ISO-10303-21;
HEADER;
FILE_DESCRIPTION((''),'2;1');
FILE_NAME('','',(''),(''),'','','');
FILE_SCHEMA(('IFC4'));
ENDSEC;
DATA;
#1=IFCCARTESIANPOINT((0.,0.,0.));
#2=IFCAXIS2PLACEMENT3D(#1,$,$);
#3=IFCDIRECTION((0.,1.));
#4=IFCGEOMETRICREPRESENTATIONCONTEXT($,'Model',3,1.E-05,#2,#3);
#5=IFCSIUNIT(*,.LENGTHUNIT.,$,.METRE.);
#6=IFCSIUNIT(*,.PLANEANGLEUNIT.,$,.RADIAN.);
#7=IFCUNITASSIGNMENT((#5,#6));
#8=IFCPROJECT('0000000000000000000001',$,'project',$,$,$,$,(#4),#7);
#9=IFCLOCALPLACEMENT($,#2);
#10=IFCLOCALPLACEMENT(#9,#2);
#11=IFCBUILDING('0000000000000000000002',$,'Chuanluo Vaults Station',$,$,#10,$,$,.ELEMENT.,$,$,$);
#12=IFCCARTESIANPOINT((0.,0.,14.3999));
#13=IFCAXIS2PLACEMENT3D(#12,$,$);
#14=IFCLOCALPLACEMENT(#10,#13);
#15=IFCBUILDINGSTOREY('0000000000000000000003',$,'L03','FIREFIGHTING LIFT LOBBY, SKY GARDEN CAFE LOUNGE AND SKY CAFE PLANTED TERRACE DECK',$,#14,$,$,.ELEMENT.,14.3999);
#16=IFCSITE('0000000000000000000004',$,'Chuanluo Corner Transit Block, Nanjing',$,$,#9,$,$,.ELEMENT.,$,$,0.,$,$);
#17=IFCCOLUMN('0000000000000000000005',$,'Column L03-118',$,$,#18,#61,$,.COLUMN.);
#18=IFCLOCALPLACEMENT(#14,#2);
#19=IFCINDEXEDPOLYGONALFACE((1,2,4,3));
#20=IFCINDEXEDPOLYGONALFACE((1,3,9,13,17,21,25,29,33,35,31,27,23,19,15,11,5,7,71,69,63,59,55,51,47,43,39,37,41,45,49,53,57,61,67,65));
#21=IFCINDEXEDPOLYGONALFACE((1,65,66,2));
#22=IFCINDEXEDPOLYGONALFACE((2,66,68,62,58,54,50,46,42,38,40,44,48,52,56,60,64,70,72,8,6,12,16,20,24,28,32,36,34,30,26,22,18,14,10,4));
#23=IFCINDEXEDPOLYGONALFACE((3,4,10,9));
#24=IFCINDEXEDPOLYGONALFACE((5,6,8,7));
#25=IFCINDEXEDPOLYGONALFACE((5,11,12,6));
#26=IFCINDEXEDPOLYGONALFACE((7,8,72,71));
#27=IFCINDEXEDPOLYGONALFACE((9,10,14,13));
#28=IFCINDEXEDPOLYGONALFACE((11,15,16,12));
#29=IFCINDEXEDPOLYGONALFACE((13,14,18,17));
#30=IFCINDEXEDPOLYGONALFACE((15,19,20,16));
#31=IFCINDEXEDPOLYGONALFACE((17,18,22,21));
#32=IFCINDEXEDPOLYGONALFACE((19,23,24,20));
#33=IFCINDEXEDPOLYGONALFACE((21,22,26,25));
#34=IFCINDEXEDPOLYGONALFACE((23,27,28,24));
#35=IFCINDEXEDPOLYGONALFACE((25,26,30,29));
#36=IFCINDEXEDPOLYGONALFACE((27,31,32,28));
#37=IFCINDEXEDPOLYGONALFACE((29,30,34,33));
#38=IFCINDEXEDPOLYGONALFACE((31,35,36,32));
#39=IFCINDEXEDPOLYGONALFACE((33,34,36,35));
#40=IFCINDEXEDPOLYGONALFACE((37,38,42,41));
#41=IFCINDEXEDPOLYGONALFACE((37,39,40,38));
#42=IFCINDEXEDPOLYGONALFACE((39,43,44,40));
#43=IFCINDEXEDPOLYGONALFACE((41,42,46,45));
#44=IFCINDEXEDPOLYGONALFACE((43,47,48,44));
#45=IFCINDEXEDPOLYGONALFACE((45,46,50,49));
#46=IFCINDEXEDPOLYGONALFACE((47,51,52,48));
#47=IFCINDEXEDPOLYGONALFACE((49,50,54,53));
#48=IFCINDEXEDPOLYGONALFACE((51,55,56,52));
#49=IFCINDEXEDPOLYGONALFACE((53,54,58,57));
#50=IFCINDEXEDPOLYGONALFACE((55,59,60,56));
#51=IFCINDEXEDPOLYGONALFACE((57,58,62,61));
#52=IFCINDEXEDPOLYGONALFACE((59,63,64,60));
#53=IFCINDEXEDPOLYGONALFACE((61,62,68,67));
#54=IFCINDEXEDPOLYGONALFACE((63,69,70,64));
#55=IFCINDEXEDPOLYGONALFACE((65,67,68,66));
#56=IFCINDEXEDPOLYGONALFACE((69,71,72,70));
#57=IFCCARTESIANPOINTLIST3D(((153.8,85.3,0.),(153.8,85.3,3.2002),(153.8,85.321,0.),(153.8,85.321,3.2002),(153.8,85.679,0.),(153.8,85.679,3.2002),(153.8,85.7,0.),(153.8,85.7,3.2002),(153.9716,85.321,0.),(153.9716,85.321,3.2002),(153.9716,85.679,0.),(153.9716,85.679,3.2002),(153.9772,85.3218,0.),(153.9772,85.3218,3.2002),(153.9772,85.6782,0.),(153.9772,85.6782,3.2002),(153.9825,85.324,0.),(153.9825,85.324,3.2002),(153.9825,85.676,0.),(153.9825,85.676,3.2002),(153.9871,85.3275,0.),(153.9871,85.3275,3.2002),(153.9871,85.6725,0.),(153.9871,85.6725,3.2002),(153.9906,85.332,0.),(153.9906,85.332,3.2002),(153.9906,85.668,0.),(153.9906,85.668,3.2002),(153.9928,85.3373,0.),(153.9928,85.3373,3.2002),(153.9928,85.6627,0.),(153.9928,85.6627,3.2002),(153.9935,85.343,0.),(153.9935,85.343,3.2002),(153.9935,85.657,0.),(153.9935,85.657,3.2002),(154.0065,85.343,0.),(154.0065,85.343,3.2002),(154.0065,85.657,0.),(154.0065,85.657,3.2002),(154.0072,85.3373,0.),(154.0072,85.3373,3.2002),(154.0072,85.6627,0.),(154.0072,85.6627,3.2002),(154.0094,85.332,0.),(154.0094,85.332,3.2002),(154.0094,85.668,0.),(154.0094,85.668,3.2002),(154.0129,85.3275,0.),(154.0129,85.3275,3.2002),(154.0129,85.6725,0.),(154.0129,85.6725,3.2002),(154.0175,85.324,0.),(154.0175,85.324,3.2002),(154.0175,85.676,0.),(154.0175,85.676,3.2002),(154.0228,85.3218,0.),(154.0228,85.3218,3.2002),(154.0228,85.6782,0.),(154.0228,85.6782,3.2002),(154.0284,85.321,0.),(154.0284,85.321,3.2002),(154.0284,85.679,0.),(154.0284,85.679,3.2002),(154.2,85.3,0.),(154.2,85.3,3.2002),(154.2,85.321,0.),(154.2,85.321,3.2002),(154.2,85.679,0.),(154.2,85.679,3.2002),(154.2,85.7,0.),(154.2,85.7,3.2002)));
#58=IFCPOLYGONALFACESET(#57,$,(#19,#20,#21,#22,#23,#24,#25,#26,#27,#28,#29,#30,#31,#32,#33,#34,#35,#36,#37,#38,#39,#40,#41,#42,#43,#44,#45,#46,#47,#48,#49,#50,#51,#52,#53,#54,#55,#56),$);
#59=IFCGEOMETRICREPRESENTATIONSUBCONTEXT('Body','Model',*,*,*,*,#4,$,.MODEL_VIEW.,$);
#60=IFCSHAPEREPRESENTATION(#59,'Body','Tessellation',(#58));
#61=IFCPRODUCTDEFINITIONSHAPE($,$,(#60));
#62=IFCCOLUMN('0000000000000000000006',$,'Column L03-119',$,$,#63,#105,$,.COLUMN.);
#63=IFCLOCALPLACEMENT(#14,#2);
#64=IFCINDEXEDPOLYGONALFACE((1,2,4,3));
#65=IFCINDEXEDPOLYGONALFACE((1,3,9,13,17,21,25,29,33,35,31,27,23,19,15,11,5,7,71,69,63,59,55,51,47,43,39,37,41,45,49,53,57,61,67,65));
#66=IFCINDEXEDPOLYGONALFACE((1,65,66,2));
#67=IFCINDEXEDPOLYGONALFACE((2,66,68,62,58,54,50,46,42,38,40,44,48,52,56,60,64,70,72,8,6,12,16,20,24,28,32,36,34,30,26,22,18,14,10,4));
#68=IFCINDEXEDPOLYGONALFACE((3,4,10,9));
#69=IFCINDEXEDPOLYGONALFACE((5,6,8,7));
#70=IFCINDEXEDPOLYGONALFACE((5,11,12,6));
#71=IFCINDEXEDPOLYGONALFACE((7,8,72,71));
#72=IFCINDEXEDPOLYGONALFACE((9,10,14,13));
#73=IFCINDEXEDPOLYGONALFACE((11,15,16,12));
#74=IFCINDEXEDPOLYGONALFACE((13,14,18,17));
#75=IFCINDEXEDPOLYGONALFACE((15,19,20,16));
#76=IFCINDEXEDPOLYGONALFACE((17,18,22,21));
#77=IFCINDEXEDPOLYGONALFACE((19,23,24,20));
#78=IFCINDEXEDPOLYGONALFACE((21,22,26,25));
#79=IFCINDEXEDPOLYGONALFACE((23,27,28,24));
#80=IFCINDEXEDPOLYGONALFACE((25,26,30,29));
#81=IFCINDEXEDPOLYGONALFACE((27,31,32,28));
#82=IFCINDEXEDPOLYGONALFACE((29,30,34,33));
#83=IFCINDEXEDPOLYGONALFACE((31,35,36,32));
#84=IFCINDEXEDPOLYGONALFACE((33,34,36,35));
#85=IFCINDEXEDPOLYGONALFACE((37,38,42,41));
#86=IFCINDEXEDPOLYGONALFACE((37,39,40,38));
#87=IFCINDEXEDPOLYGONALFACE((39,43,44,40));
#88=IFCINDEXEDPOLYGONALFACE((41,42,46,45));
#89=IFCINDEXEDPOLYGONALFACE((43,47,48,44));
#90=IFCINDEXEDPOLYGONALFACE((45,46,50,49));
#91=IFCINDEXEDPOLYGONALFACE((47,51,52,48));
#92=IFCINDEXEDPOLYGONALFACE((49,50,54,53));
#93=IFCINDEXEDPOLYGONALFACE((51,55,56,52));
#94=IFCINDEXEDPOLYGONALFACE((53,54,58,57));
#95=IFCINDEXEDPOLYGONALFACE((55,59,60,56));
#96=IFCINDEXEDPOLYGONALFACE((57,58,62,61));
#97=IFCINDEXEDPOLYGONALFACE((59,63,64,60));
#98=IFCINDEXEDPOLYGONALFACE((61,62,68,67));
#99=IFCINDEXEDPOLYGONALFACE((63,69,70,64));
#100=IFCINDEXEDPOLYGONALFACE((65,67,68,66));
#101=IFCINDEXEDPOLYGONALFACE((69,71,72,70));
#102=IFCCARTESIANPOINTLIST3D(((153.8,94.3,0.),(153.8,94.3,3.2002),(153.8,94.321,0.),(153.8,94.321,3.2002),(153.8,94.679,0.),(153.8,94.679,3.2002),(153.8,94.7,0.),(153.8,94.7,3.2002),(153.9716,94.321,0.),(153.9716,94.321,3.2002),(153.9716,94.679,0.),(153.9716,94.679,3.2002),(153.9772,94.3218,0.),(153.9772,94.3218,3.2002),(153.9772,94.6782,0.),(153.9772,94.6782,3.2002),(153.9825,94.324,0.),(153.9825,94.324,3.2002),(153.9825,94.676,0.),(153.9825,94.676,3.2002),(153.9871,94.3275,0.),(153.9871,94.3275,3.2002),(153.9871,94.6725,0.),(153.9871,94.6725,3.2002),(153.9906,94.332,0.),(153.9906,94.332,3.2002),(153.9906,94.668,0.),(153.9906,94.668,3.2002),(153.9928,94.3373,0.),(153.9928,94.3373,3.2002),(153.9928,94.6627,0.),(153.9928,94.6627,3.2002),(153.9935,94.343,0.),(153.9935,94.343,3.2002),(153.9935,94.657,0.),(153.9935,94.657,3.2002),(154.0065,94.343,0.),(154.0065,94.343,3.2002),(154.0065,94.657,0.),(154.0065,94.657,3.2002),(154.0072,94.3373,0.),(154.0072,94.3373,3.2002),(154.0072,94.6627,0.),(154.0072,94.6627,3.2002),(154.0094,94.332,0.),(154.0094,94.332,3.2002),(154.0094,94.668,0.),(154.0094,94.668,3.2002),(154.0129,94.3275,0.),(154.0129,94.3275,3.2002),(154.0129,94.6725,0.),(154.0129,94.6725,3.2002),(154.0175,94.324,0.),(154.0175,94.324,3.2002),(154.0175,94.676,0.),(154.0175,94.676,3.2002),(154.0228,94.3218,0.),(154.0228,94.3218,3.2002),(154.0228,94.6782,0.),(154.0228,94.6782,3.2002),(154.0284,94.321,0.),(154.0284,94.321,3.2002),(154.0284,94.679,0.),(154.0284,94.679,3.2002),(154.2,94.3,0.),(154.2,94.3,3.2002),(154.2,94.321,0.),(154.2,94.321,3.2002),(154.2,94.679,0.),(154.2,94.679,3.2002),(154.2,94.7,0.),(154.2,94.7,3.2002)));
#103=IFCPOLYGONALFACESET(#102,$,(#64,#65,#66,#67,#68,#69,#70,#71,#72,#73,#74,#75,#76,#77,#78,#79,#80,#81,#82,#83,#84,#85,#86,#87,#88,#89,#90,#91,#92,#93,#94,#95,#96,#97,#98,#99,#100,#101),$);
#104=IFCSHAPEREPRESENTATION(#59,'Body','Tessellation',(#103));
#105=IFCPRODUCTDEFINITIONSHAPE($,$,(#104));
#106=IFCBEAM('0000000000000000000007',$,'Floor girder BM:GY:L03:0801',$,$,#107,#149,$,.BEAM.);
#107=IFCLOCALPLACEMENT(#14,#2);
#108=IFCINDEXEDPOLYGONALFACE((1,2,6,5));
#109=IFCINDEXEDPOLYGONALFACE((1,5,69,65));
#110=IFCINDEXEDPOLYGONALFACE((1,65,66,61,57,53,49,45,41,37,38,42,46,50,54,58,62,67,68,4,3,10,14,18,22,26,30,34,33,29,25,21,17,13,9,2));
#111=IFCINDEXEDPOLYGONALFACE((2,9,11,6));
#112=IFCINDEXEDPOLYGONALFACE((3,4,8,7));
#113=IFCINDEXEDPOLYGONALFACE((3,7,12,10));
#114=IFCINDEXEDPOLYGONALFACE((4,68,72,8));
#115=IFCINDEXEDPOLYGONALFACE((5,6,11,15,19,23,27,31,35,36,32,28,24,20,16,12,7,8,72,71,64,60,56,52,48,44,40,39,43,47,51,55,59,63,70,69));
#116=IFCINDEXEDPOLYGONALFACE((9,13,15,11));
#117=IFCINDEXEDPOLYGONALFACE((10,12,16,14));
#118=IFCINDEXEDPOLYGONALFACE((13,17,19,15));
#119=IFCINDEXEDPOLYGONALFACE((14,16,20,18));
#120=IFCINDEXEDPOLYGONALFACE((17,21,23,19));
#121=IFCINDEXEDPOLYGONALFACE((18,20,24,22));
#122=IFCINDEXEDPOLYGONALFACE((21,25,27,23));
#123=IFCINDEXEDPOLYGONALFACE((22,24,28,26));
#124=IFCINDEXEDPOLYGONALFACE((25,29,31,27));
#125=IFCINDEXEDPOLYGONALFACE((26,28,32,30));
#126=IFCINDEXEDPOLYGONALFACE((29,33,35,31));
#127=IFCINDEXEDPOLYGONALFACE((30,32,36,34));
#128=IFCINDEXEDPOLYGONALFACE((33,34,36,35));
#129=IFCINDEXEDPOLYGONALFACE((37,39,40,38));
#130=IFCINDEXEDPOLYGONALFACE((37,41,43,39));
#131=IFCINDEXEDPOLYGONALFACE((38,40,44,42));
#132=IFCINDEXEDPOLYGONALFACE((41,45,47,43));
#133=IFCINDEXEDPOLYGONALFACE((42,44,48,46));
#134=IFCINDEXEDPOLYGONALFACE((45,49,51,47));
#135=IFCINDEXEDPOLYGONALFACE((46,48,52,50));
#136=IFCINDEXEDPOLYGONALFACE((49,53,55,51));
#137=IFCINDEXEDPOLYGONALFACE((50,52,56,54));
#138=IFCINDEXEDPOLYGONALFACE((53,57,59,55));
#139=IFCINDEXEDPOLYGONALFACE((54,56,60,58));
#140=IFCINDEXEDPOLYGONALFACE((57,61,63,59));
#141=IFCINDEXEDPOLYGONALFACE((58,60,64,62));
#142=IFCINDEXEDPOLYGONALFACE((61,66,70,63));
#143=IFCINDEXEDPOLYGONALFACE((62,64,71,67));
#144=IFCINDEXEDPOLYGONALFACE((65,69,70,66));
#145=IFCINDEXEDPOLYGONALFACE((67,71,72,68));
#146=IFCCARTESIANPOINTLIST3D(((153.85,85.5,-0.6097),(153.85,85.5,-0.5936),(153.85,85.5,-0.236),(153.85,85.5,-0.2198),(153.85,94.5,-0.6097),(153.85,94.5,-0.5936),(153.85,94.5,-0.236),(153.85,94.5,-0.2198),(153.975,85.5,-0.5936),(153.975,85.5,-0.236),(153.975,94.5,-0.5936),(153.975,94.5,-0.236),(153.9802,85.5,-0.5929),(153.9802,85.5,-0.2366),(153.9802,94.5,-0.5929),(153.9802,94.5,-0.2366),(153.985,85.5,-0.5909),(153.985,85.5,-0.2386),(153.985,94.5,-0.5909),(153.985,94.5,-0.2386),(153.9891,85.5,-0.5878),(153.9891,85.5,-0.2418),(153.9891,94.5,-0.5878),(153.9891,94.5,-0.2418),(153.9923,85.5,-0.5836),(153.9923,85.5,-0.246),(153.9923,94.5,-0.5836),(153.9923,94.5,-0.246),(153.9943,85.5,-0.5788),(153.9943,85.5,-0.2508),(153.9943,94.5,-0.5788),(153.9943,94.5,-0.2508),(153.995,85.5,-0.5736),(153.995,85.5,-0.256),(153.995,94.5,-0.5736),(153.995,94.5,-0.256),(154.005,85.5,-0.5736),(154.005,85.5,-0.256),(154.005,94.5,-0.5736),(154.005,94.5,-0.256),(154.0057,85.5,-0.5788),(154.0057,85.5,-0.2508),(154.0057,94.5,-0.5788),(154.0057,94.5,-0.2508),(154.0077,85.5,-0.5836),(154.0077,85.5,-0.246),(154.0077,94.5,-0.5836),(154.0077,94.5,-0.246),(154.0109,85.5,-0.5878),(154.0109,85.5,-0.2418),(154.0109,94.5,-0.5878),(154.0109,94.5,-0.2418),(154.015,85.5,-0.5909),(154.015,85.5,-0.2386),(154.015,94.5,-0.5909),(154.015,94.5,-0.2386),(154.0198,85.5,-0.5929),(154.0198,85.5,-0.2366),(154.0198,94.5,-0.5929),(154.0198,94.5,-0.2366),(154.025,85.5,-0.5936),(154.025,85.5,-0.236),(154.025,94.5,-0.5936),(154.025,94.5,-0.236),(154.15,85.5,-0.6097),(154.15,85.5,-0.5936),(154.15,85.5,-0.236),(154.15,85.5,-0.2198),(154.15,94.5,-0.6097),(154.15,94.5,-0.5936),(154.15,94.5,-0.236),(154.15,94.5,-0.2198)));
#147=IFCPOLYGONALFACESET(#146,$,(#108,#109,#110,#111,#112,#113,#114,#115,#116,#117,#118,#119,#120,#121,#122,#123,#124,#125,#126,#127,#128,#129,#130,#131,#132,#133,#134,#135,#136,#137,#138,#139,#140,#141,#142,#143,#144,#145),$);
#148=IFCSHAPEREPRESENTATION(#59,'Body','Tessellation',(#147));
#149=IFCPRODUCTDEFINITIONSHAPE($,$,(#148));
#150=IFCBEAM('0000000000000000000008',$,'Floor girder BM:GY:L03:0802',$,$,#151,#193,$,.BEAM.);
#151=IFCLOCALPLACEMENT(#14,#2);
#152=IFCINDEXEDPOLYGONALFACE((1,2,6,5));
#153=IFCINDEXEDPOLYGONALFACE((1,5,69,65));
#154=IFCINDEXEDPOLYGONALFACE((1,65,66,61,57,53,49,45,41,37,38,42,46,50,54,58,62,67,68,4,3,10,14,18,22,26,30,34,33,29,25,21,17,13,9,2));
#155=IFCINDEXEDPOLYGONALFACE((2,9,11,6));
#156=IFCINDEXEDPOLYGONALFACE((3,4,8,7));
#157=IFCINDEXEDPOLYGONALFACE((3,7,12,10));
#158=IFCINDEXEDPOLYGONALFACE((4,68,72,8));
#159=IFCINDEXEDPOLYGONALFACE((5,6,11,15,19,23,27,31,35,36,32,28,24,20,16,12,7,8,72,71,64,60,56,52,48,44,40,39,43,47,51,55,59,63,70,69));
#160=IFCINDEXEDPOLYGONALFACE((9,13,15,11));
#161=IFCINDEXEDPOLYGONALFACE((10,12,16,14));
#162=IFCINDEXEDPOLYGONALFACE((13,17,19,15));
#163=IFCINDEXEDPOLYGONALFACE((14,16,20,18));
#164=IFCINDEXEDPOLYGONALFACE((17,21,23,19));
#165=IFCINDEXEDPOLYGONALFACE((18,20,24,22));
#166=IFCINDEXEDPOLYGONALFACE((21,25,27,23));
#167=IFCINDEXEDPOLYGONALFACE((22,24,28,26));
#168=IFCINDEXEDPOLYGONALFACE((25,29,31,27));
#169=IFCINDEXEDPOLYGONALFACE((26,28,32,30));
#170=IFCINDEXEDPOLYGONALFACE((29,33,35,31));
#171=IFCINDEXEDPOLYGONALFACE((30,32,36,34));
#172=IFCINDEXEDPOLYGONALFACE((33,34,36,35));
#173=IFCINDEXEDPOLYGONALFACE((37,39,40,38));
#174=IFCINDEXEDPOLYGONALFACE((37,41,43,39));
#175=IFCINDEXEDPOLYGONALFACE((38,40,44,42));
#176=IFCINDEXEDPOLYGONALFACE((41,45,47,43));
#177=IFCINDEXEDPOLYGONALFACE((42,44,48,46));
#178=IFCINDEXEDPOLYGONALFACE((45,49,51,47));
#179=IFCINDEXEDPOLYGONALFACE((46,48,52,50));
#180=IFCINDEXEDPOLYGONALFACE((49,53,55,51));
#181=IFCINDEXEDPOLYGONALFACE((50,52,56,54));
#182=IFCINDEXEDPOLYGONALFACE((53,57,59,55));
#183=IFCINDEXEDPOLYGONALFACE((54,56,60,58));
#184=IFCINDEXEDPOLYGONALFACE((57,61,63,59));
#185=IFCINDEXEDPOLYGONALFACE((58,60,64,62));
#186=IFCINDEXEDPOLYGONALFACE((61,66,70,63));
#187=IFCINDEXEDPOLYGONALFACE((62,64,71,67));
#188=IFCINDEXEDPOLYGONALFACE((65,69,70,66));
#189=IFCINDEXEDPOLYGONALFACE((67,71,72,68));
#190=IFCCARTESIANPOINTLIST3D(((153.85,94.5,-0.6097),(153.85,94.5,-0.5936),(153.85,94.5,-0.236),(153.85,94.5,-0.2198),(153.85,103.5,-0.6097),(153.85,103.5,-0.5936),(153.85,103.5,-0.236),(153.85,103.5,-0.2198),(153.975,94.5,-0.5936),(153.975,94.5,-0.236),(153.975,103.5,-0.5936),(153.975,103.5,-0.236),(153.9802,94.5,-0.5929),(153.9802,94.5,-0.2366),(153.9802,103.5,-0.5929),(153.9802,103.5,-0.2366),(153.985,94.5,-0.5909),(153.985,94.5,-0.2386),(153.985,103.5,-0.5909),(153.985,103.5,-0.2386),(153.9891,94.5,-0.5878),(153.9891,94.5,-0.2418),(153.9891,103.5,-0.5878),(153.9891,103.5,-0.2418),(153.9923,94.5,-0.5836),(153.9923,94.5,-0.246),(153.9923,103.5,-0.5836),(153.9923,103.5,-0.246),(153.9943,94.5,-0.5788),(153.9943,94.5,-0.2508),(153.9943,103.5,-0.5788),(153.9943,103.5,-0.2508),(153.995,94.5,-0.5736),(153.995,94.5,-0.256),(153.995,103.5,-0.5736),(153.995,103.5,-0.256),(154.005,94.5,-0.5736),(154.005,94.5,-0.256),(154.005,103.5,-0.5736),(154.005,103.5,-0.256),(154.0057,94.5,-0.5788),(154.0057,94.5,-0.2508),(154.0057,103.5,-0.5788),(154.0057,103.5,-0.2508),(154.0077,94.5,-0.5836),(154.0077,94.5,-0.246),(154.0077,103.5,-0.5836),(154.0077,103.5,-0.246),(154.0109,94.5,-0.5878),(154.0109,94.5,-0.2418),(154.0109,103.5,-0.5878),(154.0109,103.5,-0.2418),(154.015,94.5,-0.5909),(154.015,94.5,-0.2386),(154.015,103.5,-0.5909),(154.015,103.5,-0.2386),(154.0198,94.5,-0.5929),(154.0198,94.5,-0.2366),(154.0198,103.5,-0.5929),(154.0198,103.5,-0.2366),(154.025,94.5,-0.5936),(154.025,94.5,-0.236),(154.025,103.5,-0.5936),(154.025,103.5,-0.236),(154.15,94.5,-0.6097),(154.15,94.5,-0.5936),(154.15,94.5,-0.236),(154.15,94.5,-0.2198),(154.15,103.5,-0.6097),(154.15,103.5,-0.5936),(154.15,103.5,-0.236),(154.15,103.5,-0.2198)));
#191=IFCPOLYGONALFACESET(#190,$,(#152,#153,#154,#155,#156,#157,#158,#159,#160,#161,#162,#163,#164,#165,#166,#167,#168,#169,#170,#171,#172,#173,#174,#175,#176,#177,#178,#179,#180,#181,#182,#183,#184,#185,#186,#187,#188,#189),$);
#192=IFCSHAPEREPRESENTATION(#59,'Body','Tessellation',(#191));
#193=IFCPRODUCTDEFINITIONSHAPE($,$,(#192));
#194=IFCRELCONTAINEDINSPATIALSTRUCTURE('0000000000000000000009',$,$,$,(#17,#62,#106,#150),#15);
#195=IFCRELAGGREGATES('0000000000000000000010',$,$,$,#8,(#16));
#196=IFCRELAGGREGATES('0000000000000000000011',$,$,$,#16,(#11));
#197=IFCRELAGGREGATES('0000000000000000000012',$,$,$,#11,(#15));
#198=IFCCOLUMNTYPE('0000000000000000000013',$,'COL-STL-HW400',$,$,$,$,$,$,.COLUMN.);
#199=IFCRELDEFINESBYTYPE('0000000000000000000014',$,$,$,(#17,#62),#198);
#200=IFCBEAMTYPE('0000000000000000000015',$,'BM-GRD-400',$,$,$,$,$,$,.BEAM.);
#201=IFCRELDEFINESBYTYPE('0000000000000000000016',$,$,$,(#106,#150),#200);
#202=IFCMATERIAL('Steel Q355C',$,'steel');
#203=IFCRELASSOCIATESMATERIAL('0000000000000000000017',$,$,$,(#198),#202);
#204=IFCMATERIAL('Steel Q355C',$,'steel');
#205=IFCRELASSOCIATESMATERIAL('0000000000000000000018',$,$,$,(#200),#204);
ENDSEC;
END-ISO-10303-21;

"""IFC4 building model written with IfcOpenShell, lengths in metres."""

from ifc_helpers import new_model, si_unit, direction, frame, origin, origin_2d, place, context, subcontext, project, spatial, i_section, extrude, material, material_profile, profile_set, type_object, element, save


model = new_model("IFC4")

# Units and contexts
model_context = context("Model", 3, precision=1e-05, world=origin(), true_north=direction((0.0, 1.0)))
body_context = subcontext(model_context, "Body", "Model", "MODEL_VIEW")
ifc_project = project(units=[si_unit("LENGTHUNIT", "METRE"), si_unit("PLANEANGLEUNIT", "RADIAN")], contexts=[model_context])

# Site, building, storey
site_placement = place(None, origin())
site = spatial("IfcSite", under=ifc_project, at=site_placement, Name="Chuanluo Corner Transit Block, Nanjing", CompositionType="ELEMENT", RefElevation=0.0)
building_placement = place(site_placement, origin())
building = spatial("IfcBuilding", under=site, at=building_placement, Name="Chuanluo Vaults Station", CompositionType="ELEMENT")
storey_placement = place(building_placement, frame((0.0, 0.0, 14.3999)))
storey = spatial("IfcBuildingStorey", under=building, at=storey_placement, Name="L03", Description="FIREFIGHTING LIFT LOBBY, SKY GARDEN CAFE LOUNGE AND SKY CAFE PLANTED TERRACE DECK", CompositionType="ELEMENT", Elevation=14.3999)

# Columns
ifc_material_1 = material(Name="Steel Q355C", Category="steel")
ifc_material_profile_1 = material_profile(ifc_material_1, i_section(OverallWidth=0.3999, OverallDepth=0.3999, WebThickness=0.0129, FlangeThickness=0.021, FilletRadius=0.022, at=origin_2d()))
ifc_profile_set_1 = profile_set([ifc_material_profile_1], Name="Steel Q355C")
column_type = type_object("IfcColumnType", Name="COL-STL-HW400", PredefinedType="COLUMN", material=ifc_profile_set_1)
for number, where, z_axis, x_axis, name in (
    (1, (154.0, 85.5, 0.0), (0.0, 0.0, 1.0), (1.0, 0.0, 0.0), "Column L03-118"),
    (2, (154.0, 94.5, 0.0), (0.0, 0.0, 1.0), (1.0, 0.0, 0.0), "Column L03-119"),
):
    element("IfcColumn", number, at=place(storey_placement, frame(where, z_axis=z_axis, x_axis=x_axis)), inside=storey, type_object=column_type, Name=name, PredefinedType="COLUMN", context=body_context, shape_type="SweptSolid", body=[
        extrude(i_section(OverallWidth=0.3999, OverallDepth=0.3999, WebThickness=0.0129, FlangeThickness=0.021, FilletRadius=0.022, at=origin_2d()), origin(), (0.0, 0.0, 1.0), 3.2002),
    ])

# Beams
ifc_material_2 = material(Name="Steel Q355C", Category="steel")
ifc_material_profile_2 = material_profile(ifc_material_2, i_section(OverallWidth=0.3, OverallDepth=0.3899, WebThickness=0.01, FlangeThickness=0.0161, FilletRadius=0.02, at=origin_2d()))
ifc_profile_set_2 = profile_set([ifc_material_profile_2], Name="Steel Q355C")
beam_type_1 = type_object("IfcBeamType", Name="BM-GRD-400", PredefinedType="BEAM", material=ifc_profile_set_2)
for number, where, z_axis, x_axis, name in (
    (3, (154.0, 85.5, -0.4148), (0.0, 1.0, 0.0), (-1.0, 0.0, 0.0), "Floor girder BM:GY:L03:0801"),
    (4, (154.0, 94.5, -0.4148), (0.0, 1.0, 0.0), (-1.0, 0.0, 0.0), "Floor girder BM:GY:L03:0802"),
):
    element("IfcBeam", number, at=place(storey_placement, frame(where, z_axis=z_axis, x_axis=x_axis)), inside=storey, type_object=beam_type_1, Name=name, PredefinedType="BEAM", context=body_context, shape_type="SweptSolid", body=[
        extrude(i_section(OverallWidth=0.3, OverallDepth=0.3899, WebThickness=0.01, FlangeThickness=0.0161, FilletRadius=0.02, at=origin_2d()), origin(), (0.0, 0.0, 1.0), 9.0),
    ])

save(model, "model.ifc")
